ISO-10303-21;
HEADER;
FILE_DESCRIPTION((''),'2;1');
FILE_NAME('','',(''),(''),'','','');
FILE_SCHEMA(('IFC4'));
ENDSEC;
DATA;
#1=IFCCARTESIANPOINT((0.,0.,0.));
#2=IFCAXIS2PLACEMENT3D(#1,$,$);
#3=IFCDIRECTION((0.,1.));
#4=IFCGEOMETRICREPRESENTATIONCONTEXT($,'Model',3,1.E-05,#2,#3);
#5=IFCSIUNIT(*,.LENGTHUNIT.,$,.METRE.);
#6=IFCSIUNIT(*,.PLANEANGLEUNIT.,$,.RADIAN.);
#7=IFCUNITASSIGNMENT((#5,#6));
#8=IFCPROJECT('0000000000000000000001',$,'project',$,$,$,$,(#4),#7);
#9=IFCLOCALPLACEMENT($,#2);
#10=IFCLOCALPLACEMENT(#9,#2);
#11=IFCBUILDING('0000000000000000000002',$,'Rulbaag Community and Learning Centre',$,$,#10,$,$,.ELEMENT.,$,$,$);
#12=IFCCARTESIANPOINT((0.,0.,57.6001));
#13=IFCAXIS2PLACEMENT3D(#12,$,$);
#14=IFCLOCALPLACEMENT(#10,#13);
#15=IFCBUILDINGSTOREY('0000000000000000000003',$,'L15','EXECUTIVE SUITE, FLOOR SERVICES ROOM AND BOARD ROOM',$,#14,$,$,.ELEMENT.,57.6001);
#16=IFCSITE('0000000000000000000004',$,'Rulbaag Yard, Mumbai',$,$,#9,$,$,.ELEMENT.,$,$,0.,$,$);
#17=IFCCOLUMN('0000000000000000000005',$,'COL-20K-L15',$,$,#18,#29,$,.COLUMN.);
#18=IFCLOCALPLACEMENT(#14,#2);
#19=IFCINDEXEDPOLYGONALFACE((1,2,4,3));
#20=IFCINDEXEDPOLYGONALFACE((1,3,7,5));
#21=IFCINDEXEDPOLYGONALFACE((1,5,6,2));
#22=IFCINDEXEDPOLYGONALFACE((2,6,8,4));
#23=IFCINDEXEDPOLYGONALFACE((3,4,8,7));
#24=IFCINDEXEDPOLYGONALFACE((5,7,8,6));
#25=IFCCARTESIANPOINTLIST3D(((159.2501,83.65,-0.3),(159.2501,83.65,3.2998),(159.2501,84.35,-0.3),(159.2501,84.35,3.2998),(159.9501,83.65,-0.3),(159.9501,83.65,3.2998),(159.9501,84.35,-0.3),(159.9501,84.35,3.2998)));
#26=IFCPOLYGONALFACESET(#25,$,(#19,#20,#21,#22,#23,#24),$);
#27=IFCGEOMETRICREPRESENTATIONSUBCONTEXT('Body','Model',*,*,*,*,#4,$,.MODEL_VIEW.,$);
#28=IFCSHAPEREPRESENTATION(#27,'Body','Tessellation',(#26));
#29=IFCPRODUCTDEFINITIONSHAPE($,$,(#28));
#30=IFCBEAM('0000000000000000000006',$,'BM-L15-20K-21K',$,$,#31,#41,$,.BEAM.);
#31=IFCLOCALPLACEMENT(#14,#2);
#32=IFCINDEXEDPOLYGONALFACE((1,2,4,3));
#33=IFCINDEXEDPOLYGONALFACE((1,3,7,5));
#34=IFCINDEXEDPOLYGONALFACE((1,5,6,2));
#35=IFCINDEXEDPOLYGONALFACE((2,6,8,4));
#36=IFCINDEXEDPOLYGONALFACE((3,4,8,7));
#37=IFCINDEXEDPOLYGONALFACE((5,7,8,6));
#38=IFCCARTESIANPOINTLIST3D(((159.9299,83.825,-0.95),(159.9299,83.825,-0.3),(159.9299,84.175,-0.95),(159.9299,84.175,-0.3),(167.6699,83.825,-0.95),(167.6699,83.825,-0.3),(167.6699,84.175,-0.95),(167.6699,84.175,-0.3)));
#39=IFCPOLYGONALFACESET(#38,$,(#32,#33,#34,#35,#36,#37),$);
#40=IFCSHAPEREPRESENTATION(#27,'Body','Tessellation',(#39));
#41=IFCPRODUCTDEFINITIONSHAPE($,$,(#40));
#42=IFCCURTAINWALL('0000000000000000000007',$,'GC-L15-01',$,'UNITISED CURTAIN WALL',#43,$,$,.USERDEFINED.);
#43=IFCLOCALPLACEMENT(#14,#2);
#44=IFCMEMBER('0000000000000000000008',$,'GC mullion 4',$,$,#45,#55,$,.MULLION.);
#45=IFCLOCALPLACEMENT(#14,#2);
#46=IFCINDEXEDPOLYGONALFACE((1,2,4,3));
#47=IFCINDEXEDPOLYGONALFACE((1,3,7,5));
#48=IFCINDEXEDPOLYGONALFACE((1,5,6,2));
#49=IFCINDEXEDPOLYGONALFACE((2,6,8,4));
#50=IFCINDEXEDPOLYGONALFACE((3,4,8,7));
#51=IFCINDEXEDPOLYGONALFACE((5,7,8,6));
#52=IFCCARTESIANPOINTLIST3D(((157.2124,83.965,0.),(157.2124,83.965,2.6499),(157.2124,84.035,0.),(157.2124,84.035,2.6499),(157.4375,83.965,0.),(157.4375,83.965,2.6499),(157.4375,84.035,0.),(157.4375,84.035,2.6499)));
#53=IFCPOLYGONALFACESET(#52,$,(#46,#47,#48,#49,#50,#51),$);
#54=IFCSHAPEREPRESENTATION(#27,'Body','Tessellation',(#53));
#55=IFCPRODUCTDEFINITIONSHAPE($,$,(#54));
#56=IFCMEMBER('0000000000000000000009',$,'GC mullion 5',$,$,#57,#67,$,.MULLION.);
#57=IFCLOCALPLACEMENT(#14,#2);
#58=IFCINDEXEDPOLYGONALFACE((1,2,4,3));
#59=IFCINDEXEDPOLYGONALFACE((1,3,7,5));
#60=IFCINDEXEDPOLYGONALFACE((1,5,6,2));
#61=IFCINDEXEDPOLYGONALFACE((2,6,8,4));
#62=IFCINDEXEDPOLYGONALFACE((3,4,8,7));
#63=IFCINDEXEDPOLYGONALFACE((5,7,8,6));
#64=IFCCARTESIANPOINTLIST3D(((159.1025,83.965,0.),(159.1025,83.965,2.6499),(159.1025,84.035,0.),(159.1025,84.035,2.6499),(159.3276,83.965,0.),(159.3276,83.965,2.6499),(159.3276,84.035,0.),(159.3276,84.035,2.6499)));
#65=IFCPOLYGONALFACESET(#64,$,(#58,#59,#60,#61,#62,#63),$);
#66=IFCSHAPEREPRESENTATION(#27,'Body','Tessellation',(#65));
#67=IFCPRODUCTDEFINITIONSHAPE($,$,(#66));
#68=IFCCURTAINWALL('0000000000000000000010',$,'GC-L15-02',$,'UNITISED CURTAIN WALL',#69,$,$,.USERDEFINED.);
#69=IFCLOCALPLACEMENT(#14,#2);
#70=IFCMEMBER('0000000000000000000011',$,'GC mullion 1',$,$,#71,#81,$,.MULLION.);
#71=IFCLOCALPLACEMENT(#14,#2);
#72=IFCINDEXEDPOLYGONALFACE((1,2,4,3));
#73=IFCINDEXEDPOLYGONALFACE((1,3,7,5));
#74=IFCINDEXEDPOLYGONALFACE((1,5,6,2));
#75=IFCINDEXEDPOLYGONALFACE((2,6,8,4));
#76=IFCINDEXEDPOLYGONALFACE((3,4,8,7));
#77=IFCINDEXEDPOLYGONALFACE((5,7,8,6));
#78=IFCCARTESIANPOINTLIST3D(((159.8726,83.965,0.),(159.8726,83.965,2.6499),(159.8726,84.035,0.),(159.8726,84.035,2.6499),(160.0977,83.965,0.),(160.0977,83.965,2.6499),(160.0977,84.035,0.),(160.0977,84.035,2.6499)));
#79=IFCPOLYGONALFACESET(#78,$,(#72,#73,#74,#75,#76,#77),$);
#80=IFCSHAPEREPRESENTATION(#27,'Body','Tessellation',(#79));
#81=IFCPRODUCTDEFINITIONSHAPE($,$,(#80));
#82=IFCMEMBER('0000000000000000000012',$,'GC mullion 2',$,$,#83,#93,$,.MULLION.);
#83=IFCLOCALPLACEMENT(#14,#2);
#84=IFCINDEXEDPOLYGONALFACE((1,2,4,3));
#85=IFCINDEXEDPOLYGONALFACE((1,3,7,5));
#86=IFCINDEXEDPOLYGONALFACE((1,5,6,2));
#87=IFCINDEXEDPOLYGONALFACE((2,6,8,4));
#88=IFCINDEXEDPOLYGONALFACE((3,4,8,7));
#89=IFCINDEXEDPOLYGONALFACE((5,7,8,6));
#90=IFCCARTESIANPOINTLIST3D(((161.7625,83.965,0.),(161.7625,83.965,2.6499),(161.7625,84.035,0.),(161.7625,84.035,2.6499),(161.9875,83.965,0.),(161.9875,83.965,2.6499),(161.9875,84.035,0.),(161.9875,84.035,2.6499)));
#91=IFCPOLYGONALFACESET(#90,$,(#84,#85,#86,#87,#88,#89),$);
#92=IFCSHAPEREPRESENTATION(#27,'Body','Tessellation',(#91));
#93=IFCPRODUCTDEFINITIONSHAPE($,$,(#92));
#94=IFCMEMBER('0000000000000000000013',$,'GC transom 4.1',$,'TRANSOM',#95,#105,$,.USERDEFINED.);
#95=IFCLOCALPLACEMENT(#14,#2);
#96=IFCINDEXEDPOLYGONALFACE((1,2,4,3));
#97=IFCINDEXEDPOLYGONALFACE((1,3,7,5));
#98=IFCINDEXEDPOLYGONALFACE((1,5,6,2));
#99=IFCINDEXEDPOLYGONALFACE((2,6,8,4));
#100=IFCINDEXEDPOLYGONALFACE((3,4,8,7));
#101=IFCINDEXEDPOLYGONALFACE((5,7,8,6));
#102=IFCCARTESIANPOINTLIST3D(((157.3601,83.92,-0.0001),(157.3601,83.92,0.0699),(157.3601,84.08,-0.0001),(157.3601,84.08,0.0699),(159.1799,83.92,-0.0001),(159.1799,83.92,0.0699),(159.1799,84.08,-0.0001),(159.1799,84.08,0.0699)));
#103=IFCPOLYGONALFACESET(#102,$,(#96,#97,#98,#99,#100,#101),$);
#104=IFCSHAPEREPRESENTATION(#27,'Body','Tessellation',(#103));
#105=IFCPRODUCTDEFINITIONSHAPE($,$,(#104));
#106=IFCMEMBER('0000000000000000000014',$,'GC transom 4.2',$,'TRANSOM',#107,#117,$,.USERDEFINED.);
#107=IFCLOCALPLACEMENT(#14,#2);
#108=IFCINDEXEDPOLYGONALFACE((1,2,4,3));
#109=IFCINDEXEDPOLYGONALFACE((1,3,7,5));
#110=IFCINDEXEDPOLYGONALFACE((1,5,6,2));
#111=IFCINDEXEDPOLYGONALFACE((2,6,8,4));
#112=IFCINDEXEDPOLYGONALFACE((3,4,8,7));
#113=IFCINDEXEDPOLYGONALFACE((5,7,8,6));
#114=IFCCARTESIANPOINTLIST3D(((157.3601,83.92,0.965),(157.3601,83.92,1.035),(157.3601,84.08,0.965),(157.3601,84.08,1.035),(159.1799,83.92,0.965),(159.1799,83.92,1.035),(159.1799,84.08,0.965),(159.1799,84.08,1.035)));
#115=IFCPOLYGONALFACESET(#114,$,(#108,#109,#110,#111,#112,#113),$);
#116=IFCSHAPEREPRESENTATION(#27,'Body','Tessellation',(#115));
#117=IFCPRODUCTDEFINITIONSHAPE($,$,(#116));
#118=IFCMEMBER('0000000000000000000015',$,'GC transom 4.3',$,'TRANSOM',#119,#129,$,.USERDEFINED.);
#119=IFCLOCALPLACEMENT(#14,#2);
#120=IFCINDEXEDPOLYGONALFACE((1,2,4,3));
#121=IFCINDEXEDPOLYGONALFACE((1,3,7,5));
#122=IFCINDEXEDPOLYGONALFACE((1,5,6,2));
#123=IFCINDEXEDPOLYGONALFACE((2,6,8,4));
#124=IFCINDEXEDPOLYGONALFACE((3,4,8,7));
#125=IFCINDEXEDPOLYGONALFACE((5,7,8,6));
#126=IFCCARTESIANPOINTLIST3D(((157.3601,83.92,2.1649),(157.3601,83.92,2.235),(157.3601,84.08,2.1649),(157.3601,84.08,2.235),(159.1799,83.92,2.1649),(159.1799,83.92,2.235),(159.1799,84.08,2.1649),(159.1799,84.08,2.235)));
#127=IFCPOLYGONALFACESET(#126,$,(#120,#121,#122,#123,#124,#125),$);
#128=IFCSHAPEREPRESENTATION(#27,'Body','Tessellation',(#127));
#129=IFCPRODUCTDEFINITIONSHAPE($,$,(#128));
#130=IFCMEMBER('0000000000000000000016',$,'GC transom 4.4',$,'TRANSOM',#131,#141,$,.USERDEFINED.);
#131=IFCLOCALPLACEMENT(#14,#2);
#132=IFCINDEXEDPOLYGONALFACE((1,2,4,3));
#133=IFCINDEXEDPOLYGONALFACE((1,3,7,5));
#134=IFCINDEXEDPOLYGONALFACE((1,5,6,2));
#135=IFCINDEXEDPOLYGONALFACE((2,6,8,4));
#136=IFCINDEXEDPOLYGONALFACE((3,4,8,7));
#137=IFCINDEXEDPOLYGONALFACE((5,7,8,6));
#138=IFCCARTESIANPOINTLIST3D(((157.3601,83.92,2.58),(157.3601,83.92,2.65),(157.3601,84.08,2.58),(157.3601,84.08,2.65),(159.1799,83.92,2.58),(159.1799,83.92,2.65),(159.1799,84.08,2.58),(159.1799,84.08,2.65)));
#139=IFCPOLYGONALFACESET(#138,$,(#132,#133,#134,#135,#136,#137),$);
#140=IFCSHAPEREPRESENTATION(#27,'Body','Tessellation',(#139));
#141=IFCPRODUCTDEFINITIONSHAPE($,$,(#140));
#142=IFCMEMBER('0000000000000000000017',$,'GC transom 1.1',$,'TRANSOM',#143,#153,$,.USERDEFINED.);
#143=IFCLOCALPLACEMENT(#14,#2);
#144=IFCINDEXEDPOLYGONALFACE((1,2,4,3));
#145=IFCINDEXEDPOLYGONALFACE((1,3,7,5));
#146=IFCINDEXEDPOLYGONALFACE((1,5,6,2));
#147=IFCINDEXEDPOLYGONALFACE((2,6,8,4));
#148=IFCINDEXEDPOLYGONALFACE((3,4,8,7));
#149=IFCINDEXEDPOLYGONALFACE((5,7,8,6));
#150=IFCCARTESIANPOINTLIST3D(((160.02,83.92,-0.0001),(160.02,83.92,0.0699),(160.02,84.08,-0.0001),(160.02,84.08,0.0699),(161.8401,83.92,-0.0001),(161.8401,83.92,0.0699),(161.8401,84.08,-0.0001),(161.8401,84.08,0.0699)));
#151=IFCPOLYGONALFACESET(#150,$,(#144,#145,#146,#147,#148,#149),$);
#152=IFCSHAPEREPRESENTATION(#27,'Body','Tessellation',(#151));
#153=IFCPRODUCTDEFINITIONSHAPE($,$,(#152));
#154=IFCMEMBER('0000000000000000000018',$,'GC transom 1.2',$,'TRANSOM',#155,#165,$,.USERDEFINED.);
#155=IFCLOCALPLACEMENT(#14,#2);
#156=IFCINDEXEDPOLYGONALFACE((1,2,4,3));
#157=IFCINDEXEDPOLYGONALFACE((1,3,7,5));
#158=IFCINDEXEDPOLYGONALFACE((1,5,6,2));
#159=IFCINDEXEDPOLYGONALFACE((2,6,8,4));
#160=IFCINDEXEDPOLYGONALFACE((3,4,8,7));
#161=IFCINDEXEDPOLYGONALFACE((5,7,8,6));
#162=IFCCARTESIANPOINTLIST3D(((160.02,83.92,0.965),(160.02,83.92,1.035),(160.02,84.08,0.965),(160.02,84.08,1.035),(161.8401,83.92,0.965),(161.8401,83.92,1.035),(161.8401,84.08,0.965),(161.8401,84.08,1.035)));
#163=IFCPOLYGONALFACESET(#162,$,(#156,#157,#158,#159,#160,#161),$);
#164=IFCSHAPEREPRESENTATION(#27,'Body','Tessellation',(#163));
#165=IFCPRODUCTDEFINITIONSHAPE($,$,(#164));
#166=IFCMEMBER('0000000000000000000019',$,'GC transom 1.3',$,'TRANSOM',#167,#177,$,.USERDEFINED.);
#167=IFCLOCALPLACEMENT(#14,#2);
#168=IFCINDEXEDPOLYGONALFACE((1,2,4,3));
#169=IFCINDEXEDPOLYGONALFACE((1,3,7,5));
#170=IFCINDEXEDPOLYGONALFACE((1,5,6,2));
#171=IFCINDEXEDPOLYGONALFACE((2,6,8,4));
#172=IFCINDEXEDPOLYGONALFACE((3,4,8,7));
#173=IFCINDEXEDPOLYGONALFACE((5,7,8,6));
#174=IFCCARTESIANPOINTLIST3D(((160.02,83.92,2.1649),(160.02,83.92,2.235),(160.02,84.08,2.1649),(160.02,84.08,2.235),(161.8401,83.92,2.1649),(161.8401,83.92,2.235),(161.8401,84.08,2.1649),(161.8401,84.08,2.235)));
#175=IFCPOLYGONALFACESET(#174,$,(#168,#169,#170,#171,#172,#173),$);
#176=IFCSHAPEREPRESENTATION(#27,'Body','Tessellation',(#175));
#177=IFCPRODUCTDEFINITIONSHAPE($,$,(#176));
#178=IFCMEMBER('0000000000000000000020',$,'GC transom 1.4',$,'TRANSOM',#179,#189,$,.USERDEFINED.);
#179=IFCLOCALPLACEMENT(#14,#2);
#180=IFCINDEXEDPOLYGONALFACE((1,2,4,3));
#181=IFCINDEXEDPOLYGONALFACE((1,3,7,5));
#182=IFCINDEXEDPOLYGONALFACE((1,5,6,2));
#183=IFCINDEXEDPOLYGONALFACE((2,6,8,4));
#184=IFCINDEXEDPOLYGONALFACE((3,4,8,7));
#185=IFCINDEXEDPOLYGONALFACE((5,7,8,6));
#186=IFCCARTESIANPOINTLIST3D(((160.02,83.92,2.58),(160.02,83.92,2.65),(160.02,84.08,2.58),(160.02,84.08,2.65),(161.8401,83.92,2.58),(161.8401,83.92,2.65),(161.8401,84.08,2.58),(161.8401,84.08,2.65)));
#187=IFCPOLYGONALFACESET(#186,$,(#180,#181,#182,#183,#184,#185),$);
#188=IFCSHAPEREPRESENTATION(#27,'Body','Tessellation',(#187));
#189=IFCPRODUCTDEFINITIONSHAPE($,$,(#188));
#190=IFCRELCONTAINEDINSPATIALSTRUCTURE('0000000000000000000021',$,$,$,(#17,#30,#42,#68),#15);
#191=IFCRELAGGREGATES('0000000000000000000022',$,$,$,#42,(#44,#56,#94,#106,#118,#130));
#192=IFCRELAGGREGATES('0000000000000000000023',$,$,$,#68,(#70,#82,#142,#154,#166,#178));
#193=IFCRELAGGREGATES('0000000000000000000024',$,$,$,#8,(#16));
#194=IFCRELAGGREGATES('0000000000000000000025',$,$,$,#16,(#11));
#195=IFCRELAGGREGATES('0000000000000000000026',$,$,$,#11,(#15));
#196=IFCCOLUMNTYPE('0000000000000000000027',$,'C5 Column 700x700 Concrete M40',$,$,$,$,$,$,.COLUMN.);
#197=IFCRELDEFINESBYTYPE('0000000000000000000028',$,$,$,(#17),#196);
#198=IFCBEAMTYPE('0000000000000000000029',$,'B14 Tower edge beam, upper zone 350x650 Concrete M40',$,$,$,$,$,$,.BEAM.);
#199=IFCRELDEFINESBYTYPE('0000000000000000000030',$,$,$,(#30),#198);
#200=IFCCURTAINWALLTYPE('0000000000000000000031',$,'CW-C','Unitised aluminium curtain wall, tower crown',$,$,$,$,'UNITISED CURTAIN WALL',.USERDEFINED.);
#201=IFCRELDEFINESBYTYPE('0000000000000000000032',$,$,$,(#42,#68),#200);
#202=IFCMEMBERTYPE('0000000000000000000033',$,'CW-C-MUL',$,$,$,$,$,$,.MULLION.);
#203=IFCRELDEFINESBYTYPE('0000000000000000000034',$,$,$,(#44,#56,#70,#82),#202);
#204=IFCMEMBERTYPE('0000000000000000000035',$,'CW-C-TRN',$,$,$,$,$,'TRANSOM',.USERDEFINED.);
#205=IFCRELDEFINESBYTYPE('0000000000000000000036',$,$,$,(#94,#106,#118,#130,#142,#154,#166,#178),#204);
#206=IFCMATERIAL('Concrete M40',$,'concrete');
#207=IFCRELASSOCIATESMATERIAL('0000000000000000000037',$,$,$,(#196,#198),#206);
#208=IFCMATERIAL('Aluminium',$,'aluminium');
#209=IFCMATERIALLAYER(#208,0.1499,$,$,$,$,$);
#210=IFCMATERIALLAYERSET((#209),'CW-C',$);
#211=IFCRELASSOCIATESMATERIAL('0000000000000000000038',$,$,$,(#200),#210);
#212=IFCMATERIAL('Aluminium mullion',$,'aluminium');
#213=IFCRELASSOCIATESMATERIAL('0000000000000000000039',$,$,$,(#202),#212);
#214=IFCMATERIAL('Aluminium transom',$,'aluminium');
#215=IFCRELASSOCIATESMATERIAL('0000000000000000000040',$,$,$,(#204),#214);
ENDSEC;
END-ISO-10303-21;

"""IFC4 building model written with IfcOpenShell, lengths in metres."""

from ifc_helpers import new_model, si_unit, direction, frame, origin, origin_2d, place, context, subcontext, project, spatial, rectangle, extrude, material, layer, layer_set, material_profile, profile_set, type_object, element, aggregate, save


model = new_model("IFC4")

# Units and contexts
model_context = context("Model", 3, precision=1e-05, world=origin(), true_north=direction((0.0, 1.0)))
body_context = subcontext(model_context, "Body", "Model", "MODEL_VIEW")
ifc_project = project(units=[si_unit("LENGTHUNIT", "METRE"), si_unit("PLANEANGLEUNIT", "RADIAN")], contexts=[model_context])

# Site, building, storey
site_placement = place(None, origin())
site = spatial("IfcSite", under=ifc_project, at=site_placement, Name="Rulbaag Yard, Mumbai", CompositionType="ELEMENT", RefElevation=0.0)
building_placement = place(site_placement, origin())
building = spatial("IfcBuilding", under=site, at=building_placement, Name="Rulbaag Community and Learning Centre", CompositionType="ELEMENT")
storey_placement = place(building_placement, frame((0.0, 0.0, 57.6001)))
storey = spatial("IfcBuildingStorey", under=building, at=storey_placement, Name="L15", Description="EXECUTIVE SUITE, FLOOR SERVICES ROOM AND BOARD ROOM", CompositionType="ELEMENT", Elevation=57.6001)

# Column
ifc_material_1 = material(Name="Concrete M40", Category="concrete")
ifc_material_profile_1 = material_profile(ifc_material_1, rectangle(XDim=0.7, YDim=0.7, at=origin_2d()), Name="RC700x700")
ifc_profile_set_1 = profile_set([ifc_material_profile_1], Name="Concrete M40")
column_type = type_object("IfcColumnType", Name="C5 Column 700x700 Concrete M40", PredefinedType="COLUMN", material=ifc_profile_set_1)
column_placement = place(storey_placement, frame((159.6001, 84.0, -0.3), z_axis=(0.0, 0.0, 1.0), x_axis=(1.0, 0.0, 0.0)))
element("IfcColumn", 1, at=column_placement, inside=storey, type_object=column_type, Name="COL-20K-L15", PredefinedType="COLUMN", context=body_context, shape_type="SweptSolid", body=[
    extrude(rectangle(XDim=0.7, YDim=0.7, at=origin_2d()), origin(), (0.0, 0.0, 1.0), 3.5999),
])

# Beam
ifc_material_profile_2 = material_profile(ifc_material_1, rectangle(XDim=0.3501, YDim=0.6499, at=origin_2d()), Name="RB350x650")
ifc_profile_set_2 = profile_set([ifc_material_profile_2], Name="Concrete M40")
beam_type = type_object("IfcBeamType", Name="B14 Tower edge beam, upper zone 350x650 Concrete M40", PredefinedType="BEAM", material=ifc_profile_set_2)
beam_placement = place(storey_placement, frame((159.9299, 84.0, -0.625), z_axis=(1.0, 0.0, 0.0), x_axis=(0.0, 1.0, 0.0)))
element("IfcBeam", 2, at=beam_placement, inside=storey, type_object=beam_type, Name="BM-L15-20K-21K", PredefinedType="BEAM", context=body_context, shape_type="SweptSolid", body=[
    extrude(rectangle(XDim=0.3501, YDim=0.6499, at=origin_2d()), origin(), (0.0, 0.0, 1.0), 7.74),
])

# Curtain walls, members
ifc_material_2 = material(Name="Aluminium", Category="aluminium")
ifc_layer_1 = layer(ifc_material_2, 0.1499)
ifc_layer_set_1 = layer_set([ifc_layer_1], Name="CW-C")
curtain_wall_type = type_object("IfcCurtainWallType", Name="CW-C", Description="Unitised aluminium curtain wall, tower crown", ElementType="UNITISED CURTAIN WALL", PredefinedType="USERDEFINED", material=ifc_layer_set_1)
curtain_wall_1_placement = place(storey_placement, origin())
curtain_wall_1 = element("IfcCurtainWall", 3, at=curtain_wall_1_placement, inside=storey, type_object=curtain_wall_type, Name="GC-L15-01", ObjectType="UNITISED CURTAIN WALL", PredefinedType="USERDEFINED")
ifc_material_3 = material(Name="Aluminium mullion", Category="aluminium")
ifc_material_profile_3 = material_profile(ifc_material_3, rectangle(XDim=0.0701, YDim=0.2251, at=origin_2d()), Name="AL 70x225")
ifc_profile_set_3 = profile_set([ifc_material_profile_3], Name="Aluminium mullion")
member_type_1 = type_object("IfcMemberType", Name="CW-C-MUL", PredefinedType="MULLION", material=ifc_profile_set_3)
member_1_placement = place(storey_placement, frame((157.325, 84.0, 0.0), z_axis=(0.0, 0.0, 1.0), x_axis=(0.0, 1.0, 0.0)))
member_1 = element("IfcMember", 4, at=member_1_placement, type_object=member_type_1, Name="GC mullion 4", PredefinedType="MULLION", context=body_context, shape_type="SweptSolid", body=[
    extrude(rectangle(XDim=0.0701, YDim=0.2251, at=origin_2d()), origin(), (0.0, 0.0, 1.0), 2.6499),
])
member_2_placement = place(storey_placement, frame((159.2151, 84.0, 0.0), z_axis=(0.0, 0.0, 1.0), x_axis=(0.0, 1.0, 0.0)))
member_2 = element("IfcMember", 5, at=member_2_placement, type_object=member_type_1, Name="GC mullion 5", PredefinedType="MULLION", context=body_context, shape_type="SweptSolid", body=[
    extrude(rectangle(XDim=0.0701, YDim=0.2251, at=origin_2d()), origin(), (0.0, 0.0, 1.0), 2.6499),
])
curtain_wall_2_placement = place(storey_placement, origin())
curtain_wall_2 = element("IfcCurtainWall", 6, at=curtain_wall_2_placement, inside=storey, type_object=curtain_wall_type, Name="GC-L15-02", ObjectType="UNITISED CURTAIN WALL", PredefinedType="USERDEFINED")
member_3_placement = place(storey_placement, frame((159.9851, 84.0, 0.0), z_axis=(0.0, 0.0, 1.0), x_axis=(0.0, 1.0, 0.0)))
member_3 = element("IfcMember", 7, at=member_3_placement, type_object=member_type_1, Name="GC mullion 1", PredefinedType="MULLION", context=body_context, shape_type="SweptSolid", body=[
    extrude(rectangle(XDim=0.0701, YDim=0.2251, at=origin_2d()), origin(), (0.0, 0.0, 1.0), 2.6499),
])
member_4_placement = place(storey_placement, frame((161.875, 84.0, 0.0), z_axis=(0.0, 0.0, 1.0), x_axis=(0.0, 1.0, 0.0)))
member_4 = element("IfcMember", 8, at=member_4_placement, type_object=member_type_1, Name="GC mullion 2", PredefinedType="MULLION", context=body_context, shape_type="SweptSolid", body=[
    extrude(rectangle(XDim=0.0701, YDim=0.2251, at=origin_2d()), origin(), (0.0, 0.0, 1.0), 2.6499),
])

# Members
ifc_material_4 = material(Name="Aluminium transom", Category="aluminium")
ifc_material_profile_4 = material_profile(ifc_material_4, rectangle(XDim=0.1599, YDim=0.0701, at=origin_2d()), Name="AL 70x160 T")
ifc_profile_set_4 = profile_set([ifc_material_profile_4], Name="Aluminium transom")
member_type_2 = type_object("IfcMemberType", Name="CW-C-TRN", ElementType="TRANSOM", PredefinedType="USERDEFINED", material=ifc_profile_set_4)
member_5_placement = place(storey_placement, frame((157.3601, 84.0, 0.0349), z_axis=(1.0, 0.0, 0.0), x_axis=(0.0, 1.0, 0.0)))
member_5 = element("IfcMember", 9, at=member_5_placement, type_object=member_type_2, Name="GC transom 4.1", ObjectType="TRANSOM", PredefinedType="USERDEFINED", context=body_context, shape_type="SweptSolid", body=[
    extrude(rectangle(XDim=0.1599, YDim=0.0701, at=origin_2d()), origin(), (0.0, 0.0, 1.0), 1.8198),
])
member_6_placement = place(storey_placement, frame((157.3601, 84.0, 1.0), z_axis=(1.0, 0.0, 0.0), x_axis=(0.0, 1.0, 0.0)))
member_6 = element("IfcMember", 10, at=member_6_placement, type_object=member_type_2, Name="GC transom 4.2", ObjectType="TRANSOM", PredefinedType="USERDEFINED", context=body_context, shape_type="SweptSolid", body=[
    extrude(rectangle(XDim=0.1599, YDim=0.0701, at=origin_2d()), origin(), (0.0, 0.0, 1.0), 1.8198),
])
member_7_placement = place(storey_placement, frame((157.3601, 84.0, 2.2), z_axis=(1.0, 0.0, 0.0), x_axis=(0.0, 1.0, 0.0)))
member_7 = element("IfcMember", 11, at=member_7_placement, type_object=member_type_2, Name="GC transom 4.3", ObjectType="TRANSOM", PredefinedType="USERDEFINED", context=body_context, shape_type="SweptSolid", body=[
    extrude(rectangle(XDim=0.1599, YDim=0.0701, at=origin_2d()), origin(), (0.0, 0.0, 1.0), 1.8198),
])
member_8_placement = place(storey_placement, frame((157.3601, 84.0, 2.615), z_axis=(1.0, 0.0, 0.0), x_axis=(0.0, 1.0, 0.0)))
member_8 = element("IfcMember", 12, at=member_8_placement, type_object=member_type_2, Name="GC transom 4.4", ObjectType="TRANSOM", PredefinedType="USERDEFINED", context=body_context, shape_type="SweptSolid", body=[
    extrude(rectangle(XDim=0.1599, YDim=0.0701, at=origin_2d()), origin(), (0.0, 0.0, 1.0), 1.8198),
])
member_9_placement = place(storey_placement, frame((160.02, 84.0, 0.0349), z_axis=(1.0, 0.0, 0.0), x_axis=(0.0, 1.0, 0.0)))
member_9 = element("IfcMember", 13, at=member_9_placement, type_object=member_type_2, Name="GC transom 1.1", ObjectType="TRANSOM", PredefinedType="USERDEFINED", context=body_context, shape_type="SweptSolid", body=[
    extrude(rectangle(XDim=0.1599, YDim=0.0701, at=origin_2d()), origin(), (0.0, 0.0, 1.0), 1.8201),
])
member_10_placement = place(storey_placement, frame((160.02, 84.0, 1.0), z_axis=(1.0, 0.0, 0.0), x_axis=(0.0, 1.0, 0.0)))
member_10 = element("IfcMember", 14, at=member_10_placement, type_object=member_type_2, Name="GC transom 1.2", ObjectType="TRANSOM", PredefinedType="USERDEFINED", context=body_context, shape_type="SweptSolid", body=[
    extrude(rectangle(XDim=0.1599, YDim=0.0701, at=origin_2d()), origin(), (0.0, 0.0, 1.0), 1.8201),
])
member_11_placement = place(storey_placement, frame((160.02, 84.0, 2.2), z_axis=(1.0, 0.0, 0.0), x_axis=(0.0, 1.0, 0.0)))
member_11 = element("IfcMember", 15, at=member_11_placement, type_object=member_type_2, Name="GC transom 1.3", ObjectType="TRANSOM", PredefinedType="USERDEFINED", context=body_context, shape_type="SweptSolid", body=[
    extrude(rectangle(XDim=0.1599, YDim=0.0701, at=origin_2d()), origin(), (0.0, 0.0, 1.0), 1.8201),
])
member_12_placement = place(storey_placement, frame((160.02, 84.0, 2.615), z_axis=(1.0, 0.0, 0.0), x_axis=(0.0, 1.0, 0.0)))
member_12 = element("IfcMember", 16, at=member_12_placement, type_object=member_type_2, Name="GC transom 1.4", ObjectType="TRANSOM", PredefinedType="USERDEFINED", context=body_context, shape_type="SweptSolid", body=[
    extrude(rectangle(XDim=0.1599, YDim=0.0701, at=origin_2d()), origin(), (0.0, 0.0, 1.0), 1.8201),
])

aggregate(curtain_wall_1, [member_1, member_2, member_5, member_6, member_7, member_8])
aggregate(curtain_wall_2, [member_3, member_4, member_9, member_10, member_11, member_12])

save(model, "model.ifc")
